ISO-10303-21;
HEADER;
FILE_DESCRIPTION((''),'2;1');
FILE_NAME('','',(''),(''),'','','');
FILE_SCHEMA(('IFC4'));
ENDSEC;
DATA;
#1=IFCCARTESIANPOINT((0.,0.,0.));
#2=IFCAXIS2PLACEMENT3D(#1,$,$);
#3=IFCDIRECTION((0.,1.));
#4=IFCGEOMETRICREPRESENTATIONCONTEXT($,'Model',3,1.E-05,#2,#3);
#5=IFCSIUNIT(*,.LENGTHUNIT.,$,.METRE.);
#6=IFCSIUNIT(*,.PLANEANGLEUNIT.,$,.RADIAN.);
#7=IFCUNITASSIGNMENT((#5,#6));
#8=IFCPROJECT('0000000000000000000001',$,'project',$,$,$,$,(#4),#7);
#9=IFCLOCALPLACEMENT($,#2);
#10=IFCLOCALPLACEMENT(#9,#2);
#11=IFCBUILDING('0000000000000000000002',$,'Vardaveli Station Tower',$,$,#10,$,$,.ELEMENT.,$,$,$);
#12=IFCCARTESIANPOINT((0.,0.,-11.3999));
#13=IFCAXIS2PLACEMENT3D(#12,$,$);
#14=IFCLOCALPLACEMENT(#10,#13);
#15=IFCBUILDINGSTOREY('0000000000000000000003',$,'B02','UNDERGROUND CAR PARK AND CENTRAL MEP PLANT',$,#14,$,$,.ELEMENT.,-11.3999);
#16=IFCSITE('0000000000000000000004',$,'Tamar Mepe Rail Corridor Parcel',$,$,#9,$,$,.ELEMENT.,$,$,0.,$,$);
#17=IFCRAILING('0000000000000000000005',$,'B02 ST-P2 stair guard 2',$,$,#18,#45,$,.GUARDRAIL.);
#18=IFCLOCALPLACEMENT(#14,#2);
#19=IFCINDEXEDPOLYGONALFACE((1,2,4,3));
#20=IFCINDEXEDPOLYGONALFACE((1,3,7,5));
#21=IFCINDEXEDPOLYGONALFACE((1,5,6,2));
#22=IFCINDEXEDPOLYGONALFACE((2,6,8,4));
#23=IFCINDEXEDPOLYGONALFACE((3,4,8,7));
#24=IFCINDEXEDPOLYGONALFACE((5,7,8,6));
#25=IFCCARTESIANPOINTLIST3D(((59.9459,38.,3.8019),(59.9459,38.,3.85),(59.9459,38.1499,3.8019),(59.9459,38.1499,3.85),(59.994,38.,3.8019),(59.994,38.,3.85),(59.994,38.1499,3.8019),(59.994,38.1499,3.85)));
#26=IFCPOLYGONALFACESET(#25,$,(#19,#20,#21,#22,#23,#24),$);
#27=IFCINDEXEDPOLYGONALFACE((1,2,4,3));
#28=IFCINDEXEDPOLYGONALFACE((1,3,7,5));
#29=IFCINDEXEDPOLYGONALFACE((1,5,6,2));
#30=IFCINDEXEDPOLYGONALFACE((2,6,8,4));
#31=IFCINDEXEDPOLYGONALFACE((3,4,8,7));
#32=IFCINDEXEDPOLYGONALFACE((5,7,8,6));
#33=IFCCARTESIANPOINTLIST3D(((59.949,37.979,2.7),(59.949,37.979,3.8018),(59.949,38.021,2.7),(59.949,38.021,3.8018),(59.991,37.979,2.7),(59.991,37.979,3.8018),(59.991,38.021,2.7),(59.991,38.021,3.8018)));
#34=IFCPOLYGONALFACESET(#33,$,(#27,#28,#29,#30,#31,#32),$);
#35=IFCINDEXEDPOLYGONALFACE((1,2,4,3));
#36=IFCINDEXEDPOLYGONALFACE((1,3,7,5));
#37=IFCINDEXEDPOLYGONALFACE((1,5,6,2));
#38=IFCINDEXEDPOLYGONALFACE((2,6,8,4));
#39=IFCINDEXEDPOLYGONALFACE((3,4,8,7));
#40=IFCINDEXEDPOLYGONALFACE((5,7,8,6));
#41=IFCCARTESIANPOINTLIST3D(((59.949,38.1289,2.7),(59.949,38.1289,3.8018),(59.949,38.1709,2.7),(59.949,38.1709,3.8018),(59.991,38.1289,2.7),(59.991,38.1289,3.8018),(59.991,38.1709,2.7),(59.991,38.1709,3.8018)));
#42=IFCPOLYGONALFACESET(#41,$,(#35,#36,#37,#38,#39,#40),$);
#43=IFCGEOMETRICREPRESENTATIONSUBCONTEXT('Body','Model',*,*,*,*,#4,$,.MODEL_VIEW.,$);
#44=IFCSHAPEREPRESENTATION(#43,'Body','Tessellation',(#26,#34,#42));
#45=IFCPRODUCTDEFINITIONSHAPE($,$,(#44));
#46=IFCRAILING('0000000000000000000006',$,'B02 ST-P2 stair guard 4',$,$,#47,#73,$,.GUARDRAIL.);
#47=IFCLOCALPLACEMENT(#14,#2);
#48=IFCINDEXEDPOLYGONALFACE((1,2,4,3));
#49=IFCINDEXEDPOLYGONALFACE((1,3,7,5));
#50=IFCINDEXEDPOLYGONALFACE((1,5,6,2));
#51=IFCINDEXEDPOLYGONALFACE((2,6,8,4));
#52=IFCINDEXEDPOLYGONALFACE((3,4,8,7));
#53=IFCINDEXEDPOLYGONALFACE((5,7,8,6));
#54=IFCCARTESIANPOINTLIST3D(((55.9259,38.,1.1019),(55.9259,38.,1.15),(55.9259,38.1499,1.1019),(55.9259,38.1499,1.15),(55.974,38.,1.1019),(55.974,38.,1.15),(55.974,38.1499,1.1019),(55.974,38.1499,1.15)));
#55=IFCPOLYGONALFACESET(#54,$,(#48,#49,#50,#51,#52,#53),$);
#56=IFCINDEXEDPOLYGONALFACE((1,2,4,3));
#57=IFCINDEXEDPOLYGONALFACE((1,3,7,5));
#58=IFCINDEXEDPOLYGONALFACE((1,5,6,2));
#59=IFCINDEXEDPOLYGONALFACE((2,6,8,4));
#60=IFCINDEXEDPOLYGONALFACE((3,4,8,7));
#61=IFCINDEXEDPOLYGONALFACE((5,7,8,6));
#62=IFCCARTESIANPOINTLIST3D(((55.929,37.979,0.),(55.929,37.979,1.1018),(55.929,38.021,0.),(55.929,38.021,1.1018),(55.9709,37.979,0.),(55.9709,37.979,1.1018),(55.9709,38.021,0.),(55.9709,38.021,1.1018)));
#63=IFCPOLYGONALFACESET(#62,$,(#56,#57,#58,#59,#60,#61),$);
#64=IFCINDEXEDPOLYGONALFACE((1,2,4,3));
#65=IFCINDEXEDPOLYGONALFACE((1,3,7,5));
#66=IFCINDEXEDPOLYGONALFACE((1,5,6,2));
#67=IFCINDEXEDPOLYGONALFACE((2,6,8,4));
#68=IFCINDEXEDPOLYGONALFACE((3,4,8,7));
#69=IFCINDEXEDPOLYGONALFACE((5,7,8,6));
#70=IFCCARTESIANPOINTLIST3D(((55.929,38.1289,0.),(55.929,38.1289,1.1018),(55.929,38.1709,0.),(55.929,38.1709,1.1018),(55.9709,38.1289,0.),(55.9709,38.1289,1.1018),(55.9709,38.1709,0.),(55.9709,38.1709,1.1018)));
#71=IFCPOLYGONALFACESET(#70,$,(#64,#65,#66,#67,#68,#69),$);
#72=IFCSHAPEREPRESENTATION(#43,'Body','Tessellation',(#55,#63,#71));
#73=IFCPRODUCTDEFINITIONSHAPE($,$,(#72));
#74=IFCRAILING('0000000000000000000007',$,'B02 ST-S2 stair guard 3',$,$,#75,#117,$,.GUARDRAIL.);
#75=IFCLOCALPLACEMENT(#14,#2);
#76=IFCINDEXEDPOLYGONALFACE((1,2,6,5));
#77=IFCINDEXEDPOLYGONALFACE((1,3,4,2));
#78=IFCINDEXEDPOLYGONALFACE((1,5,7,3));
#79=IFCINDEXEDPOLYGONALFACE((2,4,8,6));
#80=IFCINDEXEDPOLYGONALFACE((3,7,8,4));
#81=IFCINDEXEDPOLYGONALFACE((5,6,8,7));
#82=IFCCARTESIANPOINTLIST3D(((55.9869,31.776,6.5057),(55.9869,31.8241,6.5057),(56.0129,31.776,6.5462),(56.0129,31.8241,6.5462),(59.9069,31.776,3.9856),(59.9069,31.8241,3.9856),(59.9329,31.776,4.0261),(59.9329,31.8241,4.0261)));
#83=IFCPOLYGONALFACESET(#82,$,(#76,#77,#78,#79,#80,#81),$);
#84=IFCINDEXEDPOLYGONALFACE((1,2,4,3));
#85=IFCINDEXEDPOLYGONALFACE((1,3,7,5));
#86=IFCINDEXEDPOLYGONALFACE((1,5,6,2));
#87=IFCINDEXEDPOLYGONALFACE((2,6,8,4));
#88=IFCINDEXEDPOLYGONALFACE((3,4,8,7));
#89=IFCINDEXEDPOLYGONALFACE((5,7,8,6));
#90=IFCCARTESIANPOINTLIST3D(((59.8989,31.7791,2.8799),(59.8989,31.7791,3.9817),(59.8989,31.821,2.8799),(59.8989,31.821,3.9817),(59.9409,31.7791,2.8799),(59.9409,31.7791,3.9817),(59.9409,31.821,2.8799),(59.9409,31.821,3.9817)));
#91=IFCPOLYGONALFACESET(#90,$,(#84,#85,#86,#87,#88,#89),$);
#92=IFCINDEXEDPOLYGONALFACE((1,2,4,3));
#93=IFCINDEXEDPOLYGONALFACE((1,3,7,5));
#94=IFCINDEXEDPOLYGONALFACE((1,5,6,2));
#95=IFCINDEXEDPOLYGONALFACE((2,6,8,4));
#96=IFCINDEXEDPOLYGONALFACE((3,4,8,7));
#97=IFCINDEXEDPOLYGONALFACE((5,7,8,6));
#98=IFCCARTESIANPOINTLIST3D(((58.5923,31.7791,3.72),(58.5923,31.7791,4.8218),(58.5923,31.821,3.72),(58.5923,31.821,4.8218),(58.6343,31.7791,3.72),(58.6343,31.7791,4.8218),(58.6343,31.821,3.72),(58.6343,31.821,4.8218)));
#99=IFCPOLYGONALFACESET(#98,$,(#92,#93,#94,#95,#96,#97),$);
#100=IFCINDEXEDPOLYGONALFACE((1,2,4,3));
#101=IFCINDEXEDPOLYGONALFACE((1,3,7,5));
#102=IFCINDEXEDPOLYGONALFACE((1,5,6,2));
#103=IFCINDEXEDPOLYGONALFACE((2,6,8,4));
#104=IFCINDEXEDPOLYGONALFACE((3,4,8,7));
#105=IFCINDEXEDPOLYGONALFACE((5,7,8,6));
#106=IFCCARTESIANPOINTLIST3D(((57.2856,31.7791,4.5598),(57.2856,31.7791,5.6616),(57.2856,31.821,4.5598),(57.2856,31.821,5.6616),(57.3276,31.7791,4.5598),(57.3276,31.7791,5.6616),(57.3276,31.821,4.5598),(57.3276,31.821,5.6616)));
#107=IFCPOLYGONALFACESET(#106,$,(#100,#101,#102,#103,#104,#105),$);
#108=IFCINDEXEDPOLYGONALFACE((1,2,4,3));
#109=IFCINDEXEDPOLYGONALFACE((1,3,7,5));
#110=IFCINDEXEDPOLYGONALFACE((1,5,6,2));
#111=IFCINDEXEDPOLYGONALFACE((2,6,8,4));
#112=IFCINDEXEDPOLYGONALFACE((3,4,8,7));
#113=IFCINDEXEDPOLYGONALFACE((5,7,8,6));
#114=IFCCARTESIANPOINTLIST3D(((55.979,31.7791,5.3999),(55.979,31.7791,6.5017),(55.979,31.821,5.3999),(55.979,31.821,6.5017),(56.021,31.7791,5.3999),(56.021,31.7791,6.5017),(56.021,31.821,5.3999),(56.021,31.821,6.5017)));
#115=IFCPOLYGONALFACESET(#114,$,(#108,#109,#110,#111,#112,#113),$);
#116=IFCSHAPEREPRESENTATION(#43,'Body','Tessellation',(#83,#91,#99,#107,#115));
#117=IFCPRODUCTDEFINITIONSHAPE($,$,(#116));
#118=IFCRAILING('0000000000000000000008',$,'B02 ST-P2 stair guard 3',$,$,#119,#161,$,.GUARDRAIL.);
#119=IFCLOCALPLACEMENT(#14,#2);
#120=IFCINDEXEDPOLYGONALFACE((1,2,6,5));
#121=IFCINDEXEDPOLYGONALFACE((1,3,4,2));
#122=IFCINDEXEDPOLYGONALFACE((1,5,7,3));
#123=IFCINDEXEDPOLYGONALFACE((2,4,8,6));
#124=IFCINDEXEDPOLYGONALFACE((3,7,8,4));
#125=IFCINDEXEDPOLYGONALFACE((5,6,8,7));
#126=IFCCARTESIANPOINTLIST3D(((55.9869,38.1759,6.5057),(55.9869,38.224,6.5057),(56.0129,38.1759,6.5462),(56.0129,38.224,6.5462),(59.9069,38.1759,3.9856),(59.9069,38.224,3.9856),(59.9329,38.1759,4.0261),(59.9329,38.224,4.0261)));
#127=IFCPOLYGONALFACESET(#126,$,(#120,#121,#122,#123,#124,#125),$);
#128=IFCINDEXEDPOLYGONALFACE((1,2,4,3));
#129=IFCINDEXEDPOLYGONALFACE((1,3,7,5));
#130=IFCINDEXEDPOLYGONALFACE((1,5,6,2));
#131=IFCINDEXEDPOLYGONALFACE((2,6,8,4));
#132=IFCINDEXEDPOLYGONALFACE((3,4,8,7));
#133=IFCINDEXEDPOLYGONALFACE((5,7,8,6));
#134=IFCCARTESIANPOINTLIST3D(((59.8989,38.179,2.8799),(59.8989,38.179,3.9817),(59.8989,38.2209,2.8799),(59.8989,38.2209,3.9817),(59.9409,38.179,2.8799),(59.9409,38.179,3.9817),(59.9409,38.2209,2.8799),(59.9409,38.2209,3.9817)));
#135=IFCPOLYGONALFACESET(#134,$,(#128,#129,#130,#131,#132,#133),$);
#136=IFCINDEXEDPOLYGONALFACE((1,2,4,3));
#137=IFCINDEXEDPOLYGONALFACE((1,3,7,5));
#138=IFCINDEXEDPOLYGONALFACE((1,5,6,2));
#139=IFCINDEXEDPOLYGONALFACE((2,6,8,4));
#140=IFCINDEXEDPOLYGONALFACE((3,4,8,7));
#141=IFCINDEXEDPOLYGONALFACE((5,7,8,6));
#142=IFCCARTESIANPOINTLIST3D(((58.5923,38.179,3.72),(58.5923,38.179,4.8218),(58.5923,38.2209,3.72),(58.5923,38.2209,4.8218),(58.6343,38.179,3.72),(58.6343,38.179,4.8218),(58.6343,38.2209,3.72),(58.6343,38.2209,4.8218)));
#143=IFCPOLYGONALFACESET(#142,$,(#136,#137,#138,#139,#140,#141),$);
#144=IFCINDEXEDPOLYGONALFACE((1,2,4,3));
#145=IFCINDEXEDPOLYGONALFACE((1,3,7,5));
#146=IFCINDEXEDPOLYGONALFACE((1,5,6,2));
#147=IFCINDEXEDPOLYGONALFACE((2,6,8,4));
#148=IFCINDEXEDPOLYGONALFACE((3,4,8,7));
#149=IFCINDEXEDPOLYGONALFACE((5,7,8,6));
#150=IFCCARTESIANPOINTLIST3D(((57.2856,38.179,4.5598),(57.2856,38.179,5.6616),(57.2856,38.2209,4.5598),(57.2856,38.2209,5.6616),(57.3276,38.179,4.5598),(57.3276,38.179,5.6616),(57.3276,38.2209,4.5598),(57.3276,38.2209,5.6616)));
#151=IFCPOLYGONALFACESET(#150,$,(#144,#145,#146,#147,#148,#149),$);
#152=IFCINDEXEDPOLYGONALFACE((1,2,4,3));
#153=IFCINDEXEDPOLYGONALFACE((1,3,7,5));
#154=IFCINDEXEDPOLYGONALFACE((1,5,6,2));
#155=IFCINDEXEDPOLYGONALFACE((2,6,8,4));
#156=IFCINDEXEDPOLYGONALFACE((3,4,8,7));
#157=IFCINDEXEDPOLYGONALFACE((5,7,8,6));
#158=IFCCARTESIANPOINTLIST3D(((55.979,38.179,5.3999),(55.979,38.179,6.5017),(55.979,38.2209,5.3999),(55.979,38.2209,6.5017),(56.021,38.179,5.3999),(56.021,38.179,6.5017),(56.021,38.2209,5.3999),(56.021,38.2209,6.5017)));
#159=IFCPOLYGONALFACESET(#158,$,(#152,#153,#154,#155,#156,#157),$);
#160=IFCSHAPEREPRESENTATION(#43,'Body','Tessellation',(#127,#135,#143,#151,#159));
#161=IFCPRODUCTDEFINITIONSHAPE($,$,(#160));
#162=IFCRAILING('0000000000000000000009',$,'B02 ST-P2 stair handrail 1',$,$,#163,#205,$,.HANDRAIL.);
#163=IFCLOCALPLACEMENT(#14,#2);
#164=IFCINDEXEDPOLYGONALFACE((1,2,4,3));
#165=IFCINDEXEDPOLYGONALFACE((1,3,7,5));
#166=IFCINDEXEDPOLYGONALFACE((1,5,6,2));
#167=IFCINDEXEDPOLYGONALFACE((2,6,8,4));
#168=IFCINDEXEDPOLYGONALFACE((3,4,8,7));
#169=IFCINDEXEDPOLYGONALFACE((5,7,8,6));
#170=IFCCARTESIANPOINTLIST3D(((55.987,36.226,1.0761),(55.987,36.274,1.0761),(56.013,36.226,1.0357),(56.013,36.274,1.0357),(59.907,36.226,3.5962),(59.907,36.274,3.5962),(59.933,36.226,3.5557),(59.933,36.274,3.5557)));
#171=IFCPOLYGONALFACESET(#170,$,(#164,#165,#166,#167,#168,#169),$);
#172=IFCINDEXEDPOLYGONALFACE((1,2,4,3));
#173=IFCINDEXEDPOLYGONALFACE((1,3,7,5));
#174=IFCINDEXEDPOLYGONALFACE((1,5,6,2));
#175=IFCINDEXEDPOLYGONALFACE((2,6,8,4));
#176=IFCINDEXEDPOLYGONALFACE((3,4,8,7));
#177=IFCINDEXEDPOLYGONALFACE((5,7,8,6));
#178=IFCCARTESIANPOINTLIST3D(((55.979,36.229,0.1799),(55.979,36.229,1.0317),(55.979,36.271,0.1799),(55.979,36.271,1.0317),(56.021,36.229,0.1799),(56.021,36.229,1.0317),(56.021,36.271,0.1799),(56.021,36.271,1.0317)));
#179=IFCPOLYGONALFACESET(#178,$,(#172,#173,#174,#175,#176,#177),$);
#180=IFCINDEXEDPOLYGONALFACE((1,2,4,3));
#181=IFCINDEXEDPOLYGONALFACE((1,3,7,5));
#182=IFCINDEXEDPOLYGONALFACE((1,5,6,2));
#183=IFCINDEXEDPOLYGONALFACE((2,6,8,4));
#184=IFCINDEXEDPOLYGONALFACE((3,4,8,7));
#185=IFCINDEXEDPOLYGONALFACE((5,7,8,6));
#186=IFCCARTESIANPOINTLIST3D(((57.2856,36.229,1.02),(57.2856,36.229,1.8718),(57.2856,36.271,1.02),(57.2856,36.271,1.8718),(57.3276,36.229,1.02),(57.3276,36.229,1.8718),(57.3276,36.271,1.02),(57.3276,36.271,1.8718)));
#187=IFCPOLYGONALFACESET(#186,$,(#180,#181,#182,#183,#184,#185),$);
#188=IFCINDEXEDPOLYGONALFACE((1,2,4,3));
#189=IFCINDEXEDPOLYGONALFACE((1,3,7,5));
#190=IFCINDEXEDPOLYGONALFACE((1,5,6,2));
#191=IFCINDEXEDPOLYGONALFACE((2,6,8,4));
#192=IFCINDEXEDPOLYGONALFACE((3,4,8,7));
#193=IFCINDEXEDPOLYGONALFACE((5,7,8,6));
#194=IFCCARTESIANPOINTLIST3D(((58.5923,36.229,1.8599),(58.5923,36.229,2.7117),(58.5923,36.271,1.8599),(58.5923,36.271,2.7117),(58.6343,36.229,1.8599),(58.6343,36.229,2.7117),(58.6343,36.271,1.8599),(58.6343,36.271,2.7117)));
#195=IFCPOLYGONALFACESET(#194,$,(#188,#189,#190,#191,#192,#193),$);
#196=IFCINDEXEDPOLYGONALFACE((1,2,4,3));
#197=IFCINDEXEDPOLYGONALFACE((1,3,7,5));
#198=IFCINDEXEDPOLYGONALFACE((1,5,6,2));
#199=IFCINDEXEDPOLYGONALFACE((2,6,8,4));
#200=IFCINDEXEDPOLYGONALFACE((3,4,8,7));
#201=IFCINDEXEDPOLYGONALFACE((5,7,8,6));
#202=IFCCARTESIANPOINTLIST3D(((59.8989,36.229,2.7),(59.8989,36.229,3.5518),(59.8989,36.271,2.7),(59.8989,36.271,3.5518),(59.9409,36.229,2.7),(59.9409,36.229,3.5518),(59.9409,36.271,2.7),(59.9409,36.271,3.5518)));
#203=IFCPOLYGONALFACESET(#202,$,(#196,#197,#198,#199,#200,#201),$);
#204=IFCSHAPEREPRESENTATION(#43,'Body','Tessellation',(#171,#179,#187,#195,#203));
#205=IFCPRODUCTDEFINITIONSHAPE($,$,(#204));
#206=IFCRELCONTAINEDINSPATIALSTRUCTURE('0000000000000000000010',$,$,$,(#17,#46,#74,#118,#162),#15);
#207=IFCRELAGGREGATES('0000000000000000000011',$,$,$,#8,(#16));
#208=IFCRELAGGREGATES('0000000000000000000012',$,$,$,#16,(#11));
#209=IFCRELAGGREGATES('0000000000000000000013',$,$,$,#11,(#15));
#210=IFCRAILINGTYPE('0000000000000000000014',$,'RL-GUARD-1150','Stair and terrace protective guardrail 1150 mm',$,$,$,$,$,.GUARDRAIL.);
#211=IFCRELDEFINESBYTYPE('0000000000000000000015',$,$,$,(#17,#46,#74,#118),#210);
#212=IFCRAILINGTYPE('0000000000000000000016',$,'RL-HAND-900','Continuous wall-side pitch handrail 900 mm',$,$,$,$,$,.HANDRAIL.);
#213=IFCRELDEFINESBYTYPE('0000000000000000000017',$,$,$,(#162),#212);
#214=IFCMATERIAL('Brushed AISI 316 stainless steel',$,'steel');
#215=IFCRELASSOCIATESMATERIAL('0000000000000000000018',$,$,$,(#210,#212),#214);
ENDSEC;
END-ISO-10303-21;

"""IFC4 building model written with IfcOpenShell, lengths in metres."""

from ifc_helpers import new_model, si_unit, direction, frame, origin, origin_2d, place, context, subcontext, project, spatial, rectangle, extrude, source, transform, mapped, material, type_object, element, save


model = new_model("IFC4")

# Units and contexts
model_context = context("Model", 3, precision=1e-05, world=origin(), true_north=direction((0.0, 1.0)))
body_context = subcontext(model_context, "Body", "Model", "MODEL_VIEW")
ifc_project = project(units=[si_unit("LENGTHUNIT", "METRE"), si_unit("PLANEANGLEUNIT", "RADIAN")], contexts=[model_context])

# Site, building, storey
site_placement = place(None, origin())
site = spatial("IfcSite", under=ifc_project, at=site_placement, Name="Tamar Mepe Rail Corridor Parcel", CompositionType="ELEMENT", RefElevation=0.0)
building_placement = place(site_placement, origin())
building = spatial("IfcBuilding", under=site, at=building_placement, Name="Vardaveli Station Tower", CompositionType="ELEMENT")
storey_placement = place(building_placement, frame((0.0, 0.0, -11.3999)))
storey = spatial("IfcBuildingStorey", under=building, at=storey_placement, Name="B02", Description="UNDERGROUND CAR PARK AND CENTRAL MEP PLANT", CompositionType="ELEMENT", Elevation=-11.3999)

# Railings
ifc_material_1 = material(Name="Brushed AISI 316 stainless steel", Category="steel")
railing_type_1 = type_object("IfcRailingType", Name="RL-GUARD-1150", Description="Stair and terrace protective guardrail 1150 mm", PredefinedType="GUARDRAIL", material=ifc_material_1)
shared_shape_1 = source(origin(), body_context, "Body", "SweptSolid", [
    extrude(rectangle(XDim=0.0481, YDim=0.0481, at=origin_2d()), frame((0.0, 0.0, 1.126), z_axis=(0.0, 1.0, 0.0), x_axis=(-1.0, 0.0, 0.0)), (0.0, 0.0, 1.0), 0.1499),
    extrude(rectangle(XDim=0.042, YDim=0.042, at=origin_2d()), origin(), (0.0, 0.0, 1.0), 1.1018),
    extrude(rectangle(XDim=0.042, YDim=0.042, at=origin_2d()), frame((0.0, 0.1499, 0.0)), (0.0, 0.0, 1.0), 1.1018),
])
for number, where, name in (
    (1, (59.97, 38.0, 2.7), "B02 ST-P2 stair guard 2"),
    (2, (55.95, 38.0, 0.0), "B02 ST-P2 stair guard 4"),
):
    element("IfcRailing", number, at=place(storey_placement, frame(where)), inside=storey, type_object=railing_type_1, Name=name, PredefinedType="GUARDRAIL", context=body_context, shape_type="MappedRepresentation", body=[
        mapped(shared_shape_1, transform((0.0, 0.0, 0.0), scale=1.0)),
    ])
shared_shape_2 = source(origin(), body_context, "Body", "SweptSolid", [
    extrude(rectangle(XDim=0.0481, YDim=0.0481, at=origin_2d()), frame((0.0, 0.0, 1.126), z_axis=(-0.841172, 0.0, 0.540768), x_axis=(0.0, -1.0, 0.0)), (0.0, 0.0, 1.0), 4.6602),
    extrude(rectangle(XDim=0.042, YDim=0.042, at=origin_2d()), origin(), (0.0, 0.0, 1.0), 1.1018),
    extrude(rectangle(XDim=0.042, YDim=0.042, at=origin_2d()), frame((-1.3066, 0.0, 0.8401)), (0.0, 0.0, 1.0), 1.1018),
    extrude(rectangle(XDim=0.042, YDim=0.042, at=origin_2d()), frame((-2.6133, 0.0, 1.6799)), (0.0, 0.0, 1.0), 1.1018),
    extrude(rectangle(XDim=0.042, YDim=0.042, at=origin_2d()), frame((-3.9199, 0.0, 2.52)), (0.0, 0.0, 1.0), 1.1018),
])
for number, where, name in (
    (3, (59.9199, 31.8, 2.8799), "B02 ST-S2 stair guard 3"),
    (4, (59.9199, 38.2, 2.8799), "B02 ST-P2 stair guard 3"),
):
    element("IfcRailing", number, at=place(storey_placement, frame(where)), inside=storey, type_object=railing_type_1, Name=name, PredefinedType="GUARDRAIL", context=body_context, shape_type="MappedRepresentation", body=[
        mapped(shared_shape_2, transform((0.0, 0.0, 0.0), scale=1.0)),
    ])
railing_type_2 = type_object("IfcRailingType", Name="RL-HAND-900", Description="Continuous wall-side pitch handrail 900 mm", PredefinedType="HANDRAIL", material=ifc_material_1)
shared_shape_3 = source(origin(), body_context, "Body", "SweptSolid", [
    extrude(rectangle(XDim=0.0481, YDim=0.0481, at=origin_2d()), frame((0.0, 0.0, 0.876), z_axis=(0.841172, 0.0, 0.540768), x_axis=(0.0, 1.0, 0.0)), (0.0, 0.0, 1.0), 4.6602),
    extrude(rectangle(XDim=0.042, YDim=0.042, at=origin_2d()), origin(), (0.0, 0.0, 1.0), 0.8518),
    extrude(rectangle(XDim=0.042, YDim=0.042, at=origin_2d()), frame((1.3066, 0.0, 0.8401)), (0.0, 0.0, 1.0), 0.8518),
    extrude(rectangle(XDim=0.042, YDim=0.042, at=origin_2d()), frame((2.6133, 0.0, 1.6799)), (0.0, 0.0, 1.0), 0.8518),
    extrude(rectangle(XDim=0.042, YDim=0.042, at=origin_2d()), frame((3.9199, 0.0, 2.52)), (0.0, 0.0, 1.0), 0.8518),
])
railing_1_placement = place(storey_placement, frame((56.0, 36.25, 0.1799)))
element("IfcRailing", 5, at=railing_1_placement, inside=storey, type_object=railing_type_2, Name="B02 ST-P2 stair handrail 1", PredefinedType="HANDRAIL", context=body_context, shape_type="MappedRepresentation", body=[
    mapped(shared_shape_3, transform((0.0, 0.0, 0.0), scale=1.0)),
])

save(model, "model.ifc")
